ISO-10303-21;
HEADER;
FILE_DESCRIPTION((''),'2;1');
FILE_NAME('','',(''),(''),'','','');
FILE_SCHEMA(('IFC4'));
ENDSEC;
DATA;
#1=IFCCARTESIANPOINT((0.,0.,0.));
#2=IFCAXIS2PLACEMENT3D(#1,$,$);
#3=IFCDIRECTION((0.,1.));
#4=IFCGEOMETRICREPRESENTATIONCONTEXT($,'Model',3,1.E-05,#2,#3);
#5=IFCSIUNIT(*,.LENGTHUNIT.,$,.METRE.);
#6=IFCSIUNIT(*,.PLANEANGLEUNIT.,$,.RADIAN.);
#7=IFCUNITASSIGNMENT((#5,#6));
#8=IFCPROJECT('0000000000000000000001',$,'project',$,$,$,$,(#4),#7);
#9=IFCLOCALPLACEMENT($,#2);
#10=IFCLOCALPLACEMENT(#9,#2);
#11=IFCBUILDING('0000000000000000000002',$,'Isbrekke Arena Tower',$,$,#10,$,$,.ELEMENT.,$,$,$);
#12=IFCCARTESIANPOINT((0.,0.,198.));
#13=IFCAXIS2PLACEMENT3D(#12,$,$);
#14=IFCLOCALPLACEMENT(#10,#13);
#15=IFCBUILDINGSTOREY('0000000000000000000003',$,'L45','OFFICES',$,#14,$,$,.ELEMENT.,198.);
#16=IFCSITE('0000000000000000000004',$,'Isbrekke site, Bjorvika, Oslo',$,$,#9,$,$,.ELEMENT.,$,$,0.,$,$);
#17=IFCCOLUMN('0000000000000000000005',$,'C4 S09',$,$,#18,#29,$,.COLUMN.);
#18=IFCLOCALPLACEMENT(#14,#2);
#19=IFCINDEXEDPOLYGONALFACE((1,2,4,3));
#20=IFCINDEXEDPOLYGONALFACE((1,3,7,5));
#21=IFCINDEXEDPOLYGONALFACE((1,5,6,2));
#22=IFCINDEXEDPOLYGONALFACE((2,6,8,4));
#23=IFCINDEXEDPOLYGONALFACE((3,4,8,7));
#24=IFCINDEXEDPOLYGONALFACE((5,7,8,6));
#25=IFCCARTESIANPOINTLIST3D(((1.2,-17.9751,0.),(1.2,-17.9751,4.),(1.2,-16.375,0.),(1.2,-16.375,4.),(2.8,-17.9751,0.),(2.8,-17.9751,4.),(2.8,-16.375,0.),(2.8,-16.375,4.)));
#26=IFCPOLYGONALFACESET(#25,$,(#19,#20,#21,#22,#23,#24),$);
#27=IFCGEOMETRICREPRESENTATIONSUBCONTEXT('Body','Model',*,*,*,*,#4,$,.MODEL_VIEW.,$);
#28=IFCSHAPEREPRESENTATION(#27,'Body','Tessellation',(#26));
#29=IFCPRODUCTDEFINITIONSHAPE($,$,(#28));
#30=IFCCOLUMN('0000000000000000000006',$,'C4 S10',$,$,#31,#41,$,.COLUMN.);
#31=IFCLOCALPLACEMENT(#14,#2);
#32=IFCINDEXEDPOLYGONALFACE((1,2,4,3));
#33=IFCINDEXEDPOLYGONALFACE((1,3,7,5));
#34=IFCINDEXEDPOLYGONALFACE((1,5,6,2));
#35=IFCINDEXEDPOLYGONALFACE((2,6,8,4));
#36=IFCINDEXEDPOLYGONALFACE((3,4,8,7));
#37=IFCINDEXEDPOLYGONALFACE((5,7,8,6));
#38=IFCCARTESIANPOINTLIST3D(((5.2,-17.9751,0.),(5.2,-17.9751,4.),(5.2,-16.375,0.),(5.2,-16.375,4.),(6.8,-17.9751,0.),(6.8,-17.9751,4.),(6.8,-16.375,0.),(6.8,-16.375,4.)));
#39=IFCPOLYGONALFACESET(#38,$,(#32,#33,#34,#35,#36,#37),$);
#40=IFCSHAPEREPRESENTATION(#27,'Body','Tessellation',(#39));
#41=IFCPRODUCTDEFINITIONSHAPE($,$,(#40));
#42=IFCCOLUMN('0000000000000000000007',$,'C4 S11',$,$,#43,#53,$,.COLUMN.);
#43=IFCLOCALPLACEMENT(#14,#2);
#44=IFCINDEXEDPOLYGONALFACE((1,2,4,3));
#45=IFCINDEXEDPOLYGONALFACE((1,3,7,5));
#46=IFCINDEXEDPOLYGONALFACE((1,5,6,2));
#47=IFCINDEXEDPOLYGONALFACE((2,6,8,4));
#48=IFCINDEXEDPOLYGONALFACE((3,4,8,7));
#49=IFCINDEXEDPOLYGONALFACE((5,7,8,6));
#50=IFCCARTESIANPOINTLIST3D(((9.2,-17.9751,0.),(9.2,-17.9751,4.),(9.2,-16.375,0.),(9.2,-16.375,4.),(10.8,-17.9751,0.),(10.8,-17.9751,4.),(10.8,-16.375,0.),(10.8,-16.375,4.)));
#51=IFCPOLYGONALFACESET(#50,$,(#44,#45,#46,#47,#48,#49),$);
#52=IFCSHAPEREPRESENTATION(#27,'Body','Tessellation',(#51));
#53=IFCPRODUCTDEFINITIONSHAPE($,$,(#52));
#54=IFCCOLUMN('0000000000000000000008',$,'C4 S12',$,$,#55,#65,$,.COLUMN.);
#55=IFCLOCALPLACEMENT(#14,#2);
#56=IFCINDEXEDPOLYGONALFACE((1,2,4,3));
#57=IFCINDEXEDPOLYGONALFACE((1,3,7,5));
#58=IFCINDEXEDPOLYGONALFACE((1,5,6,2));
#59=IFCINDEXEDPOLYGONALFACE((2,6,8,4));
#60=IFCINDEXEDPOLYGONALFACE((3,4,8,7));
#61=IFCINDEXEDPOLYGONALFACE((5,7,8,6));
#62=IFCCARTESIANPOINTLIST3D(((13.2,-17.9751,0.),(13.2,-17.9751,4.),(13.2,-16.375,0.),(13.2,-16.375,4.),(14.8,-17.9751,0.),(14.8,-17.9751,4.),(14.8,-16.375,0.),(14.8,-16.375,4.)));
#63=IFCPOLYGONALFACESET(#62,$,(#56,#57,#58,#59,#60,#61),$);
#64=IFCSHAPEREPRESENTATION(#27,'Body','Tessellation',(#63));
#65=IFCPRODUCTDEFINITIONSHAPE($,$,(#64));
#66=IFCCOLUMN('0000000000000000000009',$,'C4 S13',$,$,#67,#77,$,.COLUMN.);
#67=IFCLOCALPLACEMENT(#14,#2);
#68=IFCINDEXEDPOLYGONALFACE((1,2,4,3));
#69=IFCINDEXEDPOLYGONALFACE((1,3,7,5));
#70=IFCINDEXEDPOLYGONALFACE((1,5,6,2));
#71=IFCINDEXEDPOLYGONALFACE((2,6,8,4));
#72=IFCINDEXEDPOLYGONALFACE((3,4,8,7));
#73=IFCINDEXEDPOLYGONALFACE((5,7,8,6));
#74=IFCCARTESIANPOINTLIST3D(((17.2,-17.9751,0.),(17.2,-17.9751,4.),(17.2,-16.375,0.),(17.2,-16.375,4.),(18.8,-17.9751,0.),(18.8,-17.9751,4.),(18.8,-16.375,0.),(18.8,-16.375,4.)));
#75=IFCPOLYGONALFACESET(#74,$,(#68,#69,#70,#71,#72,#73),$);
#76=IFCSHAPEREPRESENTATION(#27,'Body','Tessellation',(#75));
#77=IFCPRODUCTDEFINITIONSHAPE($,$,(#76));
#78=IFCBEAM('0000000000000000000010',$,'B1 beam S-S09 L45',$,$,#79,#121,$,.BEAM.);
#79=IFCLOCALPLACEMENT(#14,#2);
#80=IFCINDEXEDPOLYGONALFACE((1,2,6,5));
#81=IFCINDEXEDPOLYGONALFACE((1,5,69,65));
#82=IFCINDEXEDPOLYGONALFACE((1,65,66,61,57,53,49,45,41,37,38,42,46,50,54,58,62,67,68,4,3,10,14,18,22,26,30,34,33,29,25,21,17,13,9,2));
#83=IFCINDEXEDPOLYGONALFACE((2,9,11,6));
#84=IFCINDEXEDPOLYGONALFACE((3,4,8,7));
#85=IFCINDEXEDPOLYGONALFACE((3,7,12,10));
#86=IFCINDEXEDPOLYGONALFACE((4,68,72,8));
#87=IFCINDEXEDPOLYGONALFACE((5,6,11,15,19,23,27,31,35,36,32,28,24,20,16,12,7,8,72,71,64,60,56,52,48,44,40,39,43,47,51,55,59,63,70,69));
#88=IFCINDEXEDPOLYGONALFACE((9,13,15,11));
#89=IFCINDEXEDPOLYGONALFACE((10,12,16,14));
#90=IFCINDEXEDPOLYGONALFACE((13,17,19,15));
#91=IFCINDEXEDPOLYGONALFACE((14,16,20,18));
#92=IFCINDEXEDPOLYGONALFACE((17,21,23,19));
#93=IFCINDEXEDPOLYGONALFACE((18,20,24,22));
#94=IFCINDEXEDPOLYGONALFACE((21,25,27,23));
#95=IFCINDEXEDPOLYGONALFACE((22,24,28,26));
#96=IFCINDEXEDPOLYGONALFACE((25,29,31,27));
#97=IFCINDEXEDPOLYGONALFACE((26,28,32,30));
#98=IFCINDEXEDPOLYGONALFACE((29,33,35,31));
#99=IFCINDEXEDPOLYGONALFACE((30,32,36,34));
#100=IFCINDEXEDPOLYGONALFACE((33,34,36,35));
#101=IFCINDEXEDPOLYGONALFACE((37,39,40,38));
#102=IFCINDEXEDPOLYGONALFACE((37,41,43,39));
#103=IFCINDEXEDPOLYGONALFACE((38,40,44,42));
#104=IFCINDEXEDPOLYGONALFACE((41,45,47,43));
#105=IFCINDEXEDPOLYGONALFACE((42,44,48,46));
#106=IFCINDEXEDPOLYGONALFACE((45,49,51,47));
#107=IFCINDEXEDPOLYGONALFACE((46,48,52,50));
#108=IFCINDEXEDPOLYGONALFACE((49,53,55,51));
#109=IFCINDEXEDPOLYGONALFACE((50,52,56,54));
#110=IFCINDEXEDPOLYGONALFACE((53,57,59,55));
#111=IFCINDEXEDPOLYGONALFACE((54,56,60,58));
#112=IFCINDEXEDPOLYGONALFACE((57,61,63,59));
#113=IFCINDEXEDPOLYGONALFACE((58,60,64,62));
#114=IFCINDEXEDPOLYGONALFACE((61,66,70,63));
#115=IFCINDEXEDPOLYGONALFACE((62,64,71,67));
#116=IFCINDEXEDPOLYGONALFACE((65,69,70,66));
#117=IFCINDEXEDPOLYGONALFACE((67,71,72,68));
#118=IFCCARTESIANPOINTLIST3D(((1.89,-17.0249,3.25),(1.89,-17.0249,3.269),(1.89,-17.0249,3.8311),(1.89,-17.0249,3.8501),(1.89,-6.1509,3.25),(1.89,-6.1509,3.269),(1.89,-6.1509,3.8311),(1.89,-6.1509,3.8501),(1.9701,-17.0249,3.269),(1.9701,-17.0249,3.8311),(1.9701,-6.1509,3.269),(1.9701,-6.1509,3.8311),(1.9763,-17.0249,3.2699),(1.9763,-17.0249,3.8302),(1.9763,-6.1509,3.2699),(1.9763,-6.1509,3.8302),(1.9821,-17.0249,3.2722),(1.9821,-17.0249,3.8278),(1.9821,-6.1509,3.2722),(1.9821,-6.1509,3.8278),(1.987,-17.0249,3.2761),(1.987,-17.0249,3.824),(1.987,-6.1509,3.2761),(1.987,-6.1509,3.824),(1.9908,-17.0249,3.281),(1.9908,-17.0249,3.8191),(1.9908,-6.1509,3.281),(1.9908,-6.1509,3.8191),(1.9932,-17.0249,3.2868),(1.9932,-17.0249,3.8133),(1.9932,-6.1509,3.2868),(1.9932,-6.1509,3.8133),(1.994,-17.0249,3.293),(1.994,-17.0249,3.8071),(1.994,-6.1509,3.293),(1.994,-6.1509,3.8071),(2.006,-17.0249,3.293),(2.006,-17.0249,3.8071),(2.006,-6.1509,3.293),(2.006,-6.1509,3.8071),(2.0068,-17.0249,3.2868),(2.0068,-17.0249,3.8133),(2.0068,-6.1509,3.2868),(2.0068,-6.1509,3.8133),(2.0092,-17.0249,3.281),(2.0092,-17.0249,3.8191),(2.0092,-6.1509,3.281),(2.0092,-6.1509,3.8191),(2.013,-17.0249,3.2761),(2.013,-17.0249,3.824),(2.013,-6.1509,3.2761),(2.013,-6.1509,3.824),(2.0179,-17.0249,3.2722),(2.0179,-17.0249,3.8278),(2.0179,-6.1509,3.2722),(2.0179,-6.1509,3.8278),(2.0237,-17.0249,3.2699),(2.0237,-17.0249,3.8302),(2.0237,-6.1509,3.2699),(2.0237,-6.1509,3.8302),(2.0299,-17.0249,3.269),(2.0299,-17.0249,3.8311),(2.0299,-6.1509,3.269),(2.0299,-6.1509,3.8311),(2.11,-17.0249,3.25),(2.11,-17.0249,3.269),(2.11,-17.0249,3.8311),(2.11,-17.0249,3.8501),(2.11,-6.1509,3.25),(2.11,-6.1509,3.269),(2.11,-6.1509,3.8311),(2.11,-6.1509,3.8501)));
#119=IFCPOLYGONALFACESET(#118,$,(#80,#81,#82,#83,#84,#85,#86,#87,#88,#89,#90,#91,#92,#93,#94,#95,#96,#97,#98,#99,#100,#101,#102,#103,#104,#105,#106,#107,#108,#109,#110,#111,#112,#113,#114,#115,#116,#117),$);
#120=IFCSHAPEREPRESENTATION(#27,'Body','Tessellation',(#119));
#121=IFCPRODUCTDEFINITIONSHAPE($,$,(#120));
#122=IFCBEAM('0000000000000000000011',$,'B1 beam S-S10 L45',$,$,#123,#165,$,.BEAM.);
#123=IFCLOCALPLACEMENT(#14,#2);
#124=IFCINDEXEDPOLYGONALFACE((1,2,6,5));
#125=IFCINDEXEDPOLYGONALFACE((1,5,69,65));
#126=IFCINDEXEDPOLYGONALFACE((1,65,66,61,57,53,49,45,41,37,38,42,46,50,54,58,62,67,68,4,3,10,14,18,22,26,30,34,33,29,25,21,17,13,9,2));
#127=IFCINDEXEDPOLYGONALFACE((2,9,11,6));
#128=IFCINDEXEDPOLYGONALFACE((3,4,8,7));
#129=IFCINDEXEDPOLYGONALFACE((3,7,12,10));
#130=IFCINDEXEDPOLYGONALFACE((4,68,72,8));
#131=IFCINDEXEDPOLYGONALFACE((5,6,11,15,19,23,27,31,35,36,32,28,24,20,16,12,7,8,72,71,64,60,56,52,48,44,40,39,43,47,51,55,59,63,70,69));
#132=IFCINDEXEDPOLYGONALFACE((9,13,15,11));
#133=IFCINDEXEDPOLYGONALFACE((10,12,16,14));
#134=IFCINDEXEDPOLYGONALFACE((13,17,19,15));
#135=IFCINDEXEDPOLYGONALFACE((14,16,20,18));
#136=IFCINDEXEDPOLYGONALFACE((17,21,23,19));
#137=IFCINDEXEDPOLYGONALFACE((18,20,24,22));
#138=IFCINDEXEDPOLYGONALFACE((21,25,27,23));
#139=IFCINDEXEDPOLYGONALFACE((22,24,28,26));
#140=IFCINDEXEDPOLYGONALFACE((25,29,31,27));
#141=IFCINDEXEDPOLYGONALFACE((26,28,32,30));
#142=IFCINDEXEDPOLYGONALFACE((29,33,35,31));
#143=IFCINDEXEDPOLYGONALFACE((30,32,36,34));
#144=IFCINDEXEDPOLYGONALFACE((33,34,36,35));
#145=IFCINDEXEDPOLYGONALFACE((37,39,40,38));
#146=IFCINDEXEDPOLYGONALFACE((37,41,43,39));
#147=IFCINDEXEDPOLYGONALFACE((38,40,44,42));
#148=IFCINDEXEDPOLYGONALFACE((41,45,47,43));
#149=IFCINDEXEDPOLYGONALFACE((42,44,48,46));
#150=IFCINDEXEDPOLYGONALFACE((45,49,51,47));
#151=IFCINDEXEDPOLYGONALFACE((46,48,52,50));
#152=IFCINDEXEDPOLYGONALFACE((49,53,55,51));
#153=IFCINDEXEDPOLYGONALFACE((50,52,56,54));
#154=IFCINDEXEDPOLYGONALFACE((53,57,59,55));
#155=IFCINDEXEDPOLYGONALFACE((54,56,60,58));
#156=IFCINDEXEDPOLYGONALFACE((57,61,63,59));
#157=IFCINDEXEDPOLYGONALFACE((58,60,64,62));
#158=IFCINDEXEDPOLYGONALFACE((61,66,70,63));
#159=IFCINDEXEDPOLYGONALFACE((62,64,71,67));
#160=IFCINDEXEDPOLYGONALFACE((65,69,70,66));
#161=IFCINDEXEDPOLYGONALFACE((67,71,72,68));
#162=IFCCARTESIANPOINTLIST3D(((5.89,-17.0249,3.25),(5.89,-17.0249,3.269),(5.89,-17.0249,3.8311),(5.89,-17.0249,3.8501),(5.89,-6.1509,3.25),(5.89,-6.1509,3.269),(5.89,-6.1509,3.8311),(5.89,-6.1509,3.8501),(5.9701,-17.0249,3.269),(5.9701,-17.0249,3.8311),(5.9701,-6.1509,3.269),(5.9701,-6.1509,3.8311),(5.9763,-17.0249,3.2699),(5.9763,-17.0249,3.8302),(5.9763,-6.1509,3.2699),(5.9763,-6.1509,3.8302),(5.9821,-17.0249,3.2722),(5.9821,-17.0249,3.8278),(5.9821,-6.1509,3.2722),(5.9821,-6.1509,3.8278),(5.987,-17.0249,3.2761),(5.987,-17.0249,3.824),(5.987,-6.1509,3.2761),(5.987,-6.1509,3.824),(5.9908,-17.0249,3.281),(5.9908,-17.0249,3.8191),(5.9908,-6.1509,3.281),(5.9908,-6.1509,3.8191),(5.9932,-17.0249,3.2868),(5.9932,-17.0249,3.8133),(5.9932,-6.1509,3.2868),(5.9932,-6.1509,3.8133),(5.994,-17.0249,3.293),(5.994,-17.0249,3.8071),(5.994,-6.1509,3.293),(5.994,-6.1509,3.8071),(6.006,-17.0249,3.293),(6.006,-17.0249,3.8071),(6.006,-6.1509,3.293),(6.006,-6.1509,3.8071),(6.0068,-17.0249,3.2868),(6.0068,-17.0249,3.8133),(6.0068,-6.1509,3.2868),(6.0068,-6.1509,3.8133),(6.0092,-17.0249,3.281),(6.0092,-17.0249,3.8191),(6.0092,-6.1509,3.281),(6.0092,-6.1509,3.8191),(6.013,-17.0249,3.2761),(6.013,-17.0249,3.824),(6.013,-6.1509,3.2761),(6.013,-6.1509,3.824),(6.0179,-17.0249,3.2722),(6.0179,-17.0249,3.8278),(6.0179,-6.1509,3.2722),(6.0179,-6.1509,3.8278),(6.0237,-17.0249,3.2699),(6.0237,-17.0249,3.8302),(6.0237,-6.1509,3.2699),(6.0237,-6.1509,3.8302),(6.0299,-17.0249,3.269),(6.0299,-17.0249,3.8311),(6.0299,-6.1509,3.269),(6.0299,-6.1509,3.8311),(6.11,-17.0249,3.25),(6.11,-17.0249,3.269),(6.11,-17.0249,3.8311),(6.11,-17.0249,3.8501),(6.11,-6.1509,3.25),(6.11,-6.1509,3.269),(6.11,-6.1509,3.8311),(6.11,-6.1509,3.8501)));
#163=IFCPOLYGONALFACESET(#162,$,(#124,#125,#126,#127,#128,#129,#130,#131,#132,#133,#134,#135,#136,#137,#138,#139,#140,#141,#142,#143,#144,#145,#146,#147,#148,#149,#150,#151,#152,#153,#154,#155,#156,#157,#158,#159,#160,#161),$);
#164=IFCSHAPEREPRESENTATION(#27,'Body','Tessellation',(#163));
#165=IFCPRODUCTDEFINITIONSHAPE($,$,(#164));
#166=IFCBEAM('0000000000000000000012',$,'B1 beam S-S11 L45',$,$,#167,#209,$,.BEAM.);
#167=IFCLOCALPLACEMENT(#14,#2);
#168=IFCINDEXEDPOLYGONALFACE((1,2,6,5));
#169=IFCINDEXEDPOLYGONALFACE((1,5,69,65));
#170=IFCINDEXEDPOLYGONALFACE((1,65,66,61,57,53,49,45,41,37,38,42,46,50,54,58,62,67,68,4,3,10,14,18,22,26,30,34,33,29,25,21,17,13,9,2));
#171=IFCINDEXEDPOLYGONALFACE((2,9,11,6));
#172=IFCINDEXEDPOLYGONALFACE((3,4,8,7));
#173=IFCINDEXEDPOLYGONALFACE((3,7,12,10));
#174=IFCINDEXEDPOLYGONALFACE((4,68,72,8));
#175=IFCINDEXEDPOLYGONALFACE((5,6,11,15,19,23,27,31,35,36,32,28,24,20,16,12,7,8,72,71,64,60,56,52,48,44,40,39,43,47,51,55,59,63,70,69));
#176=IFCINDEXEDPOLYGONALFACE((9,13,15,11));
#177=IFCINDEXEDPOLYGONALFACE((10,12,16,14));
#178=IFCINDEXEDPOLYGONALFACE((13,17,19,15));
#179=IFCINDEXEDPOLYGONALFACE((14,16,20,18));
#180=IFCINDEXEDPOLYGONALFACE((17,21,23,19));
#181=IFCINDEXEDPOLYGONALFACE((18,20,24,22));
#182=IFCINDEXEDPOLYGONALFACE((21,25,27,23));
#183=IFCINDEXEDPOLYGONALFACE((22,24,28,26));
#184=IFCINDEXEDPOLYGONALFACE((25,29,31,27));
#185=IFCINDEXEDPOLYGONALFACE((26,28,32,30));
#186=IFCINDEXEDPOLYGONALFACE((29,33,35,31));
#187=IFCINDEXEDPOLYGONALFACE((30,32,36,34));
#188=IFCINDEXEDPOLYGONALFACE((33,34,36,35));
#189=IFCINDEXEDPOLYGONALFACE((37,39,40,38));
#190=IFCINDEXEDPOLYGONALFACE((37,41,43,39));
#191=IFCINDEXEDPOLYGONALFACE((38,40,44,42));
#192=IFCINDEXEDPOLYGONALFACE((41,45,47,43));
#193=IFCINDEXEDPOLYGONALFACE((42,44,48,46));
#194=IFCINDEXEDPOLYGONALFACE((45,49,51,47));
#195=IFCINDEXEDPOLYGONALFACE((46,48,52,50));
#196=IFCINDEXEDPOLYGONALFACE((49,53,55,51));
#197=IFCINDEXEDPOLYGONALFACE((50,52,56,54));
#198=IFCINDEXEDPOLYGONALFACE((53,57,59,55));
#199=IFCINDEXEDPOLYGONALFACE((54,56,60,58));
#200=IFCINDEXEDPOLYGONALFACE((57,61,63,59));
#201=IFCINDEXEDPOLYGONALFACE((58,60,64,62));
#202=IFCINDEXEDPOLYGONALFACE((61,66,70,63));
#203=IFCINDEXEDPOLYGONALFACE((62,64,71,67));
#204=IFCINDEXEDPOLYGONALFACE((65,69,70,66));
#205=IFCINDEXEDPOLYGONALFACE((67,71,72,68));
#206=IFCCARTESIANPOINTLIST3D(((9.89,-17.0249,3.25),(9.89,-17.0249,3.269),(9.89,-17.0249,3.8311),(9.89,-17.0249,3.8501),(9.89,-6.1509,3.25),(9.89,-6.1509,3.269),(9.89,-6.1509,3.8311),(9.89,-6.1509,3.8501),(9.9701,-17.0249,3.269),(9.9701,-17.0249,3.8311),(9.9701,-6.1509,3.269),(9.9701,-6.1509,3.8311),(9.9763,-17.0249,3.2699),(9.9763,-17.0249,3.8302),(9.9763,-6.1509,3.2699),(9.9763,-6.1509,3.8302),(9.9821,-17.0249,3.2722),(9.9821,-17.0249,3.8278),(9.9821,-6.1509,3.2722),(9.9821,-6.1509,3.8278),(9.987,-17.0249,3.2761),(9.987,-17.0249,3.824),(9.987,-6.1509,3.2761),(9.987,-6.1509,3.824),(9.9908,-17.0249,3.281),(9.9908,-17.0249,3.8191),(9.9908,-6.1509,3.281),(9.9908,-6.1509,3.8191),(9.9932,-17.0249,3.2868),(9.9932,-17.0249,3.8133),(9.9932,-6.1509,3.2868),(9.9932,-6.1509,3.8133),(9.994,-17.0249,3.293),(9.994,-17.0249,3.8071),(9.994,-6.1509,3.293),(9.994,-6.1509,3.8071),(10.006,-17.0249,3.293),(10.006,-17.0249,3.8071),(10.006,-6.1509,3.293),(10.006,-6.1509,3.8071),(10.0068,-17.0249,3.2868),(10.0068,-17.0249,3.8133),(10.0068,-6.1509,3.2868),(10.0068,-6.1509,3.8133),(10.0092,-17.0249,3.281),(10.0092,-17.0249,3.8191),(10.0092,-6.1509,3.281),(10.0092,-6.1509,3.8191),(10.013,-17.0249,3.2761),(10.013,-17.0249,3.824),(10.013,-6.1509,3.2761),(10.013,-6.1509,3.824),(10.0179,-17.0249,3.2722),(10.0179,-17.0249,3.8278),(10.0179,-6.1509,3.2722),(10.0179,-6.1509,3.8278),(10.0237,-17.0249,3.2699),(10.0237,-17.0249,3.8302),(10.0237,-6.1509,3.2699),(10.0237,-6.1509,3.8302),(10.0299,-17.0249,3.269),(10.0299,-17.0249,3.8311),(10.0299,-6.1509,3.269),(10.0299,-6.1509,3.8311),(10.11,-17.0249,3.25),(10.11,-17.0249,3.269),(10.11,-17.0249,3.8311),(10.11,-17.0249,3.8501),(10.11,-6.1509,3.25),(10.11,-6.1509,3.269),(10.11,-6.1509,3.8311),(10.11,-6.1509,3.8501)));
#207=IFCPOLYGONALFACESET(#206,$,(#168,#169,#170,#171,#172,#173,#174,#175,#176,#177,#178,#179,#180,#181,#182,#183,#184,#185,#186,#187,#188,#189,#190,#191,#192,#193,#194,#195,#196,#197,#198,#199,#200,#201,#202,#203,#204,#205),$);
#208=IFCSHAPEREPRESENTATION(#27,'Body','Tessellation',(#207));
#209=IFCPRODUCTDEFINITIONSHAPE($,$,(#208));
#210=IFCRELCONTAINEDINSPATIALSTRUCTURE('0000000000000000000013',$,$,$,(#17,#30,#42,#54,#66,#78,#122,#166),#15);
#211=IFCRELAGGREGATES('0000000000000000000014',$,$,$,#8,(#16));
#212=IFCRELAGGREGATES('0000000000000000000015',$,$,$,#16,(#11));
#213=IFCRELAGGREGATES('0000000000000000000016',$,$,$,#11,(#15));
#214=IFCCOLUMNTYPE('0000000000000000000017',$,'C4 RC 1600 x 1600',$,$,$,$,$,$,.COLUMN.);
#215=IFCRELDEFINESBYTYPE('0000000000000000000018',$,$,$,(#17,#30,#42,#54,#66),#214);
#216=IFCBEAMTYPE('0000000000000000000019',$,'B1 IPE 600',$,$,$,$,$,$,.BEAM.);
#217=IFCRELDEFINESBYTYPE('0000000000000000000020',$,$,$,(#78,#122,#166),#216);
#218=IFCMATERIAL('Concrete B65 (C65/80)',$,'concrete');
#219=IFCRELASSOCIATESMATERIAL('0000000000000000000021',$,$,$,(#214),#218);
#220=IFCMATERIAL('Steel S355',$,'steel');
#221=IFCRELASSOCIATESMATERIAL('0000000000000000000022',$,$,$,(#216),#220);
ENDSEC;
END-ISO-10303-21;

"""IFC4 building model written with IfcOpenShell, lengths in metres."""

from ifc_helpers import new_model, si_unit, direction, frame, origin, origin_2d, place, context, subcontext, project, spatial, rectangle, i_section, extrude, material, material_profile, profile_set, type_object, element, save


model = new_model("IFC4")

# Units and contexts
model_context = context("Model", 3, precision=1e-05, world=origin(), true_north=direction((0.0, 1.0)))
body_context = subcontext(model_context, "Body", "Model", "MODEL_VIEW")
ifc_project = project(units=[si_unit("LENGTHUNIT", "METRE"), si_unit("PLANEANGLEUNIT", "RADIAN")], contexts=[model_context])

# Site, building, storey
site_placement = place(None, origin())
site = spatial("IfcSite", under=ifc_project, at=site_placement, Name="Isbrekke site, Bjorvika, Oslo", CompositionType="ELEMENT", RefElevation=0.0)
building_placement = place(site_placement, origin())
building = spatial("IfcBuilding", under=site, at=building_placement, Name="Isbrekke Arena Tower", CompositionType="ELEMENT")
storey_placement = place(building_placement, frame((0.0, 0.0, 198.0)))
storey = spatial("IfcBuildingStorey", under=building, at=storey_placement, Name="L45", Description="OFFICES", CompositionType="ELEMENT", Elevation=198.0)

# Columns
ifc_material_1 = material(Name="Concrete B65 (C65/80)", Category="concrete")
ifc_material_profile_1 = material_profile(ifc_material_1, rectangle(XDim=1.6001, YDim=1.6001, at=origin_2d()), Name="RC 1600x1600")
ifc_profile_set_1 = profile_set([ifc_material_profile_1], Name="Concrete B65 (C65/80)")
column_type = type_object("IfcColumnType", Name="C4 RC 1600 x 1600", PredefinedType="COLUMN", material=ifc_profile_set_1)
for number, where, z_axis, x_axis, name in (
    (1, (2.0, -17.175, 0.0), (0.0, 0.0, 1.0), (1.0, 0.0, 0.0), "C4 S09"),
    (2, (6.0, -17.175, 0.0), (0.0, 0.0, 1.0), (1.0, 0.0, 0.0), "C4 S10"),
    (3, (10.0, -17.175, 0.0), (0.0, 0.0, 1.0), (1.0, 0.0, 0.0), "C4 S11"),
    (4, (14.0, -17.175, 0.0), (0.0, 0.0, 1.0), (1.0, 0.0, 0.0), "C4 S12"),
    (5, (18.0, -17.175, 0.0), (0.0, 0.0, 1.0), (1.0, 0.0, 0.0), "C4 S13"),
):
    element("IfcColumn", number, at=place(storey_placement, frame(where, z_axis=z_axis, x_axis=x_axis)), inside=storey, type_object=column_type, Name=name, PredefinedType="COLUMN", context=body_context, shape_type="SweptSolid", body=[
        extrude(rectangle(XDim=1.6001, YDim=1.6001, at=origin_2d()), origin(), (0.0, 0.0, 1.0), 4.0),
    ])

# Beams
ifc_material_2 = material(Name="Steel S355", Category="steel")
ifc_material_profile_2 = material_profile(ifc_material_2, i_section(OverallWidth=0.22, OverallDepth=0.6001, WebThickness=0.012, FlangeThickness=0.019, FilletRadius=0.0239, at=origin_2d()), Name="IPE 600")
ifc_profile_set_2 = profile_set([ifc_material_profile_2], Name="Steel S355")
beam_type_1 = type_object("IfcBeamType", Name="B1 IPE 600", PredefinedType="BEAM", material=ifc_profile_set_2)
for number, where, z_axis, x_axis, name in (
    (6, (2.0, -17.0249, 3.55), (0.0, 1.0, 0.0), (-1.0, 0.0, 0.0), "B1 beam S-S09 L45"),
    (7, (6.0, -17.0249, 3.55), (0.0, 1.0, 0.0), (-1.0, 0.0, 0.0), "B1 beam S-S10 L45"),
    (8, (10.0, -17.0249, 3.55), (0.0, 1.0, 0.0), (-1.0, 0.0, 0.0), "B1 beam S-S11 L45"),
):
    element("IfcBeam", number, at=place(storey_placement, frame(where, z_axis=z_axis, x_axis=x_axis)), inside=storey, type_object=beam_type_1, Name=name, PredefinedType="BEAM", context=body_context, shape_type="SweptSolid", body=[
        extrude(i_section(OverallWidth=0.22, OverallDepth=0.6001, WebThickness=0.012, FlangeThickness=0.019, FilletRadius=0.0239, at=origin_2d()), origin(), (0.0, 0.0, 1.0), 10.874),
    ])

save(model, "model.ifc")
